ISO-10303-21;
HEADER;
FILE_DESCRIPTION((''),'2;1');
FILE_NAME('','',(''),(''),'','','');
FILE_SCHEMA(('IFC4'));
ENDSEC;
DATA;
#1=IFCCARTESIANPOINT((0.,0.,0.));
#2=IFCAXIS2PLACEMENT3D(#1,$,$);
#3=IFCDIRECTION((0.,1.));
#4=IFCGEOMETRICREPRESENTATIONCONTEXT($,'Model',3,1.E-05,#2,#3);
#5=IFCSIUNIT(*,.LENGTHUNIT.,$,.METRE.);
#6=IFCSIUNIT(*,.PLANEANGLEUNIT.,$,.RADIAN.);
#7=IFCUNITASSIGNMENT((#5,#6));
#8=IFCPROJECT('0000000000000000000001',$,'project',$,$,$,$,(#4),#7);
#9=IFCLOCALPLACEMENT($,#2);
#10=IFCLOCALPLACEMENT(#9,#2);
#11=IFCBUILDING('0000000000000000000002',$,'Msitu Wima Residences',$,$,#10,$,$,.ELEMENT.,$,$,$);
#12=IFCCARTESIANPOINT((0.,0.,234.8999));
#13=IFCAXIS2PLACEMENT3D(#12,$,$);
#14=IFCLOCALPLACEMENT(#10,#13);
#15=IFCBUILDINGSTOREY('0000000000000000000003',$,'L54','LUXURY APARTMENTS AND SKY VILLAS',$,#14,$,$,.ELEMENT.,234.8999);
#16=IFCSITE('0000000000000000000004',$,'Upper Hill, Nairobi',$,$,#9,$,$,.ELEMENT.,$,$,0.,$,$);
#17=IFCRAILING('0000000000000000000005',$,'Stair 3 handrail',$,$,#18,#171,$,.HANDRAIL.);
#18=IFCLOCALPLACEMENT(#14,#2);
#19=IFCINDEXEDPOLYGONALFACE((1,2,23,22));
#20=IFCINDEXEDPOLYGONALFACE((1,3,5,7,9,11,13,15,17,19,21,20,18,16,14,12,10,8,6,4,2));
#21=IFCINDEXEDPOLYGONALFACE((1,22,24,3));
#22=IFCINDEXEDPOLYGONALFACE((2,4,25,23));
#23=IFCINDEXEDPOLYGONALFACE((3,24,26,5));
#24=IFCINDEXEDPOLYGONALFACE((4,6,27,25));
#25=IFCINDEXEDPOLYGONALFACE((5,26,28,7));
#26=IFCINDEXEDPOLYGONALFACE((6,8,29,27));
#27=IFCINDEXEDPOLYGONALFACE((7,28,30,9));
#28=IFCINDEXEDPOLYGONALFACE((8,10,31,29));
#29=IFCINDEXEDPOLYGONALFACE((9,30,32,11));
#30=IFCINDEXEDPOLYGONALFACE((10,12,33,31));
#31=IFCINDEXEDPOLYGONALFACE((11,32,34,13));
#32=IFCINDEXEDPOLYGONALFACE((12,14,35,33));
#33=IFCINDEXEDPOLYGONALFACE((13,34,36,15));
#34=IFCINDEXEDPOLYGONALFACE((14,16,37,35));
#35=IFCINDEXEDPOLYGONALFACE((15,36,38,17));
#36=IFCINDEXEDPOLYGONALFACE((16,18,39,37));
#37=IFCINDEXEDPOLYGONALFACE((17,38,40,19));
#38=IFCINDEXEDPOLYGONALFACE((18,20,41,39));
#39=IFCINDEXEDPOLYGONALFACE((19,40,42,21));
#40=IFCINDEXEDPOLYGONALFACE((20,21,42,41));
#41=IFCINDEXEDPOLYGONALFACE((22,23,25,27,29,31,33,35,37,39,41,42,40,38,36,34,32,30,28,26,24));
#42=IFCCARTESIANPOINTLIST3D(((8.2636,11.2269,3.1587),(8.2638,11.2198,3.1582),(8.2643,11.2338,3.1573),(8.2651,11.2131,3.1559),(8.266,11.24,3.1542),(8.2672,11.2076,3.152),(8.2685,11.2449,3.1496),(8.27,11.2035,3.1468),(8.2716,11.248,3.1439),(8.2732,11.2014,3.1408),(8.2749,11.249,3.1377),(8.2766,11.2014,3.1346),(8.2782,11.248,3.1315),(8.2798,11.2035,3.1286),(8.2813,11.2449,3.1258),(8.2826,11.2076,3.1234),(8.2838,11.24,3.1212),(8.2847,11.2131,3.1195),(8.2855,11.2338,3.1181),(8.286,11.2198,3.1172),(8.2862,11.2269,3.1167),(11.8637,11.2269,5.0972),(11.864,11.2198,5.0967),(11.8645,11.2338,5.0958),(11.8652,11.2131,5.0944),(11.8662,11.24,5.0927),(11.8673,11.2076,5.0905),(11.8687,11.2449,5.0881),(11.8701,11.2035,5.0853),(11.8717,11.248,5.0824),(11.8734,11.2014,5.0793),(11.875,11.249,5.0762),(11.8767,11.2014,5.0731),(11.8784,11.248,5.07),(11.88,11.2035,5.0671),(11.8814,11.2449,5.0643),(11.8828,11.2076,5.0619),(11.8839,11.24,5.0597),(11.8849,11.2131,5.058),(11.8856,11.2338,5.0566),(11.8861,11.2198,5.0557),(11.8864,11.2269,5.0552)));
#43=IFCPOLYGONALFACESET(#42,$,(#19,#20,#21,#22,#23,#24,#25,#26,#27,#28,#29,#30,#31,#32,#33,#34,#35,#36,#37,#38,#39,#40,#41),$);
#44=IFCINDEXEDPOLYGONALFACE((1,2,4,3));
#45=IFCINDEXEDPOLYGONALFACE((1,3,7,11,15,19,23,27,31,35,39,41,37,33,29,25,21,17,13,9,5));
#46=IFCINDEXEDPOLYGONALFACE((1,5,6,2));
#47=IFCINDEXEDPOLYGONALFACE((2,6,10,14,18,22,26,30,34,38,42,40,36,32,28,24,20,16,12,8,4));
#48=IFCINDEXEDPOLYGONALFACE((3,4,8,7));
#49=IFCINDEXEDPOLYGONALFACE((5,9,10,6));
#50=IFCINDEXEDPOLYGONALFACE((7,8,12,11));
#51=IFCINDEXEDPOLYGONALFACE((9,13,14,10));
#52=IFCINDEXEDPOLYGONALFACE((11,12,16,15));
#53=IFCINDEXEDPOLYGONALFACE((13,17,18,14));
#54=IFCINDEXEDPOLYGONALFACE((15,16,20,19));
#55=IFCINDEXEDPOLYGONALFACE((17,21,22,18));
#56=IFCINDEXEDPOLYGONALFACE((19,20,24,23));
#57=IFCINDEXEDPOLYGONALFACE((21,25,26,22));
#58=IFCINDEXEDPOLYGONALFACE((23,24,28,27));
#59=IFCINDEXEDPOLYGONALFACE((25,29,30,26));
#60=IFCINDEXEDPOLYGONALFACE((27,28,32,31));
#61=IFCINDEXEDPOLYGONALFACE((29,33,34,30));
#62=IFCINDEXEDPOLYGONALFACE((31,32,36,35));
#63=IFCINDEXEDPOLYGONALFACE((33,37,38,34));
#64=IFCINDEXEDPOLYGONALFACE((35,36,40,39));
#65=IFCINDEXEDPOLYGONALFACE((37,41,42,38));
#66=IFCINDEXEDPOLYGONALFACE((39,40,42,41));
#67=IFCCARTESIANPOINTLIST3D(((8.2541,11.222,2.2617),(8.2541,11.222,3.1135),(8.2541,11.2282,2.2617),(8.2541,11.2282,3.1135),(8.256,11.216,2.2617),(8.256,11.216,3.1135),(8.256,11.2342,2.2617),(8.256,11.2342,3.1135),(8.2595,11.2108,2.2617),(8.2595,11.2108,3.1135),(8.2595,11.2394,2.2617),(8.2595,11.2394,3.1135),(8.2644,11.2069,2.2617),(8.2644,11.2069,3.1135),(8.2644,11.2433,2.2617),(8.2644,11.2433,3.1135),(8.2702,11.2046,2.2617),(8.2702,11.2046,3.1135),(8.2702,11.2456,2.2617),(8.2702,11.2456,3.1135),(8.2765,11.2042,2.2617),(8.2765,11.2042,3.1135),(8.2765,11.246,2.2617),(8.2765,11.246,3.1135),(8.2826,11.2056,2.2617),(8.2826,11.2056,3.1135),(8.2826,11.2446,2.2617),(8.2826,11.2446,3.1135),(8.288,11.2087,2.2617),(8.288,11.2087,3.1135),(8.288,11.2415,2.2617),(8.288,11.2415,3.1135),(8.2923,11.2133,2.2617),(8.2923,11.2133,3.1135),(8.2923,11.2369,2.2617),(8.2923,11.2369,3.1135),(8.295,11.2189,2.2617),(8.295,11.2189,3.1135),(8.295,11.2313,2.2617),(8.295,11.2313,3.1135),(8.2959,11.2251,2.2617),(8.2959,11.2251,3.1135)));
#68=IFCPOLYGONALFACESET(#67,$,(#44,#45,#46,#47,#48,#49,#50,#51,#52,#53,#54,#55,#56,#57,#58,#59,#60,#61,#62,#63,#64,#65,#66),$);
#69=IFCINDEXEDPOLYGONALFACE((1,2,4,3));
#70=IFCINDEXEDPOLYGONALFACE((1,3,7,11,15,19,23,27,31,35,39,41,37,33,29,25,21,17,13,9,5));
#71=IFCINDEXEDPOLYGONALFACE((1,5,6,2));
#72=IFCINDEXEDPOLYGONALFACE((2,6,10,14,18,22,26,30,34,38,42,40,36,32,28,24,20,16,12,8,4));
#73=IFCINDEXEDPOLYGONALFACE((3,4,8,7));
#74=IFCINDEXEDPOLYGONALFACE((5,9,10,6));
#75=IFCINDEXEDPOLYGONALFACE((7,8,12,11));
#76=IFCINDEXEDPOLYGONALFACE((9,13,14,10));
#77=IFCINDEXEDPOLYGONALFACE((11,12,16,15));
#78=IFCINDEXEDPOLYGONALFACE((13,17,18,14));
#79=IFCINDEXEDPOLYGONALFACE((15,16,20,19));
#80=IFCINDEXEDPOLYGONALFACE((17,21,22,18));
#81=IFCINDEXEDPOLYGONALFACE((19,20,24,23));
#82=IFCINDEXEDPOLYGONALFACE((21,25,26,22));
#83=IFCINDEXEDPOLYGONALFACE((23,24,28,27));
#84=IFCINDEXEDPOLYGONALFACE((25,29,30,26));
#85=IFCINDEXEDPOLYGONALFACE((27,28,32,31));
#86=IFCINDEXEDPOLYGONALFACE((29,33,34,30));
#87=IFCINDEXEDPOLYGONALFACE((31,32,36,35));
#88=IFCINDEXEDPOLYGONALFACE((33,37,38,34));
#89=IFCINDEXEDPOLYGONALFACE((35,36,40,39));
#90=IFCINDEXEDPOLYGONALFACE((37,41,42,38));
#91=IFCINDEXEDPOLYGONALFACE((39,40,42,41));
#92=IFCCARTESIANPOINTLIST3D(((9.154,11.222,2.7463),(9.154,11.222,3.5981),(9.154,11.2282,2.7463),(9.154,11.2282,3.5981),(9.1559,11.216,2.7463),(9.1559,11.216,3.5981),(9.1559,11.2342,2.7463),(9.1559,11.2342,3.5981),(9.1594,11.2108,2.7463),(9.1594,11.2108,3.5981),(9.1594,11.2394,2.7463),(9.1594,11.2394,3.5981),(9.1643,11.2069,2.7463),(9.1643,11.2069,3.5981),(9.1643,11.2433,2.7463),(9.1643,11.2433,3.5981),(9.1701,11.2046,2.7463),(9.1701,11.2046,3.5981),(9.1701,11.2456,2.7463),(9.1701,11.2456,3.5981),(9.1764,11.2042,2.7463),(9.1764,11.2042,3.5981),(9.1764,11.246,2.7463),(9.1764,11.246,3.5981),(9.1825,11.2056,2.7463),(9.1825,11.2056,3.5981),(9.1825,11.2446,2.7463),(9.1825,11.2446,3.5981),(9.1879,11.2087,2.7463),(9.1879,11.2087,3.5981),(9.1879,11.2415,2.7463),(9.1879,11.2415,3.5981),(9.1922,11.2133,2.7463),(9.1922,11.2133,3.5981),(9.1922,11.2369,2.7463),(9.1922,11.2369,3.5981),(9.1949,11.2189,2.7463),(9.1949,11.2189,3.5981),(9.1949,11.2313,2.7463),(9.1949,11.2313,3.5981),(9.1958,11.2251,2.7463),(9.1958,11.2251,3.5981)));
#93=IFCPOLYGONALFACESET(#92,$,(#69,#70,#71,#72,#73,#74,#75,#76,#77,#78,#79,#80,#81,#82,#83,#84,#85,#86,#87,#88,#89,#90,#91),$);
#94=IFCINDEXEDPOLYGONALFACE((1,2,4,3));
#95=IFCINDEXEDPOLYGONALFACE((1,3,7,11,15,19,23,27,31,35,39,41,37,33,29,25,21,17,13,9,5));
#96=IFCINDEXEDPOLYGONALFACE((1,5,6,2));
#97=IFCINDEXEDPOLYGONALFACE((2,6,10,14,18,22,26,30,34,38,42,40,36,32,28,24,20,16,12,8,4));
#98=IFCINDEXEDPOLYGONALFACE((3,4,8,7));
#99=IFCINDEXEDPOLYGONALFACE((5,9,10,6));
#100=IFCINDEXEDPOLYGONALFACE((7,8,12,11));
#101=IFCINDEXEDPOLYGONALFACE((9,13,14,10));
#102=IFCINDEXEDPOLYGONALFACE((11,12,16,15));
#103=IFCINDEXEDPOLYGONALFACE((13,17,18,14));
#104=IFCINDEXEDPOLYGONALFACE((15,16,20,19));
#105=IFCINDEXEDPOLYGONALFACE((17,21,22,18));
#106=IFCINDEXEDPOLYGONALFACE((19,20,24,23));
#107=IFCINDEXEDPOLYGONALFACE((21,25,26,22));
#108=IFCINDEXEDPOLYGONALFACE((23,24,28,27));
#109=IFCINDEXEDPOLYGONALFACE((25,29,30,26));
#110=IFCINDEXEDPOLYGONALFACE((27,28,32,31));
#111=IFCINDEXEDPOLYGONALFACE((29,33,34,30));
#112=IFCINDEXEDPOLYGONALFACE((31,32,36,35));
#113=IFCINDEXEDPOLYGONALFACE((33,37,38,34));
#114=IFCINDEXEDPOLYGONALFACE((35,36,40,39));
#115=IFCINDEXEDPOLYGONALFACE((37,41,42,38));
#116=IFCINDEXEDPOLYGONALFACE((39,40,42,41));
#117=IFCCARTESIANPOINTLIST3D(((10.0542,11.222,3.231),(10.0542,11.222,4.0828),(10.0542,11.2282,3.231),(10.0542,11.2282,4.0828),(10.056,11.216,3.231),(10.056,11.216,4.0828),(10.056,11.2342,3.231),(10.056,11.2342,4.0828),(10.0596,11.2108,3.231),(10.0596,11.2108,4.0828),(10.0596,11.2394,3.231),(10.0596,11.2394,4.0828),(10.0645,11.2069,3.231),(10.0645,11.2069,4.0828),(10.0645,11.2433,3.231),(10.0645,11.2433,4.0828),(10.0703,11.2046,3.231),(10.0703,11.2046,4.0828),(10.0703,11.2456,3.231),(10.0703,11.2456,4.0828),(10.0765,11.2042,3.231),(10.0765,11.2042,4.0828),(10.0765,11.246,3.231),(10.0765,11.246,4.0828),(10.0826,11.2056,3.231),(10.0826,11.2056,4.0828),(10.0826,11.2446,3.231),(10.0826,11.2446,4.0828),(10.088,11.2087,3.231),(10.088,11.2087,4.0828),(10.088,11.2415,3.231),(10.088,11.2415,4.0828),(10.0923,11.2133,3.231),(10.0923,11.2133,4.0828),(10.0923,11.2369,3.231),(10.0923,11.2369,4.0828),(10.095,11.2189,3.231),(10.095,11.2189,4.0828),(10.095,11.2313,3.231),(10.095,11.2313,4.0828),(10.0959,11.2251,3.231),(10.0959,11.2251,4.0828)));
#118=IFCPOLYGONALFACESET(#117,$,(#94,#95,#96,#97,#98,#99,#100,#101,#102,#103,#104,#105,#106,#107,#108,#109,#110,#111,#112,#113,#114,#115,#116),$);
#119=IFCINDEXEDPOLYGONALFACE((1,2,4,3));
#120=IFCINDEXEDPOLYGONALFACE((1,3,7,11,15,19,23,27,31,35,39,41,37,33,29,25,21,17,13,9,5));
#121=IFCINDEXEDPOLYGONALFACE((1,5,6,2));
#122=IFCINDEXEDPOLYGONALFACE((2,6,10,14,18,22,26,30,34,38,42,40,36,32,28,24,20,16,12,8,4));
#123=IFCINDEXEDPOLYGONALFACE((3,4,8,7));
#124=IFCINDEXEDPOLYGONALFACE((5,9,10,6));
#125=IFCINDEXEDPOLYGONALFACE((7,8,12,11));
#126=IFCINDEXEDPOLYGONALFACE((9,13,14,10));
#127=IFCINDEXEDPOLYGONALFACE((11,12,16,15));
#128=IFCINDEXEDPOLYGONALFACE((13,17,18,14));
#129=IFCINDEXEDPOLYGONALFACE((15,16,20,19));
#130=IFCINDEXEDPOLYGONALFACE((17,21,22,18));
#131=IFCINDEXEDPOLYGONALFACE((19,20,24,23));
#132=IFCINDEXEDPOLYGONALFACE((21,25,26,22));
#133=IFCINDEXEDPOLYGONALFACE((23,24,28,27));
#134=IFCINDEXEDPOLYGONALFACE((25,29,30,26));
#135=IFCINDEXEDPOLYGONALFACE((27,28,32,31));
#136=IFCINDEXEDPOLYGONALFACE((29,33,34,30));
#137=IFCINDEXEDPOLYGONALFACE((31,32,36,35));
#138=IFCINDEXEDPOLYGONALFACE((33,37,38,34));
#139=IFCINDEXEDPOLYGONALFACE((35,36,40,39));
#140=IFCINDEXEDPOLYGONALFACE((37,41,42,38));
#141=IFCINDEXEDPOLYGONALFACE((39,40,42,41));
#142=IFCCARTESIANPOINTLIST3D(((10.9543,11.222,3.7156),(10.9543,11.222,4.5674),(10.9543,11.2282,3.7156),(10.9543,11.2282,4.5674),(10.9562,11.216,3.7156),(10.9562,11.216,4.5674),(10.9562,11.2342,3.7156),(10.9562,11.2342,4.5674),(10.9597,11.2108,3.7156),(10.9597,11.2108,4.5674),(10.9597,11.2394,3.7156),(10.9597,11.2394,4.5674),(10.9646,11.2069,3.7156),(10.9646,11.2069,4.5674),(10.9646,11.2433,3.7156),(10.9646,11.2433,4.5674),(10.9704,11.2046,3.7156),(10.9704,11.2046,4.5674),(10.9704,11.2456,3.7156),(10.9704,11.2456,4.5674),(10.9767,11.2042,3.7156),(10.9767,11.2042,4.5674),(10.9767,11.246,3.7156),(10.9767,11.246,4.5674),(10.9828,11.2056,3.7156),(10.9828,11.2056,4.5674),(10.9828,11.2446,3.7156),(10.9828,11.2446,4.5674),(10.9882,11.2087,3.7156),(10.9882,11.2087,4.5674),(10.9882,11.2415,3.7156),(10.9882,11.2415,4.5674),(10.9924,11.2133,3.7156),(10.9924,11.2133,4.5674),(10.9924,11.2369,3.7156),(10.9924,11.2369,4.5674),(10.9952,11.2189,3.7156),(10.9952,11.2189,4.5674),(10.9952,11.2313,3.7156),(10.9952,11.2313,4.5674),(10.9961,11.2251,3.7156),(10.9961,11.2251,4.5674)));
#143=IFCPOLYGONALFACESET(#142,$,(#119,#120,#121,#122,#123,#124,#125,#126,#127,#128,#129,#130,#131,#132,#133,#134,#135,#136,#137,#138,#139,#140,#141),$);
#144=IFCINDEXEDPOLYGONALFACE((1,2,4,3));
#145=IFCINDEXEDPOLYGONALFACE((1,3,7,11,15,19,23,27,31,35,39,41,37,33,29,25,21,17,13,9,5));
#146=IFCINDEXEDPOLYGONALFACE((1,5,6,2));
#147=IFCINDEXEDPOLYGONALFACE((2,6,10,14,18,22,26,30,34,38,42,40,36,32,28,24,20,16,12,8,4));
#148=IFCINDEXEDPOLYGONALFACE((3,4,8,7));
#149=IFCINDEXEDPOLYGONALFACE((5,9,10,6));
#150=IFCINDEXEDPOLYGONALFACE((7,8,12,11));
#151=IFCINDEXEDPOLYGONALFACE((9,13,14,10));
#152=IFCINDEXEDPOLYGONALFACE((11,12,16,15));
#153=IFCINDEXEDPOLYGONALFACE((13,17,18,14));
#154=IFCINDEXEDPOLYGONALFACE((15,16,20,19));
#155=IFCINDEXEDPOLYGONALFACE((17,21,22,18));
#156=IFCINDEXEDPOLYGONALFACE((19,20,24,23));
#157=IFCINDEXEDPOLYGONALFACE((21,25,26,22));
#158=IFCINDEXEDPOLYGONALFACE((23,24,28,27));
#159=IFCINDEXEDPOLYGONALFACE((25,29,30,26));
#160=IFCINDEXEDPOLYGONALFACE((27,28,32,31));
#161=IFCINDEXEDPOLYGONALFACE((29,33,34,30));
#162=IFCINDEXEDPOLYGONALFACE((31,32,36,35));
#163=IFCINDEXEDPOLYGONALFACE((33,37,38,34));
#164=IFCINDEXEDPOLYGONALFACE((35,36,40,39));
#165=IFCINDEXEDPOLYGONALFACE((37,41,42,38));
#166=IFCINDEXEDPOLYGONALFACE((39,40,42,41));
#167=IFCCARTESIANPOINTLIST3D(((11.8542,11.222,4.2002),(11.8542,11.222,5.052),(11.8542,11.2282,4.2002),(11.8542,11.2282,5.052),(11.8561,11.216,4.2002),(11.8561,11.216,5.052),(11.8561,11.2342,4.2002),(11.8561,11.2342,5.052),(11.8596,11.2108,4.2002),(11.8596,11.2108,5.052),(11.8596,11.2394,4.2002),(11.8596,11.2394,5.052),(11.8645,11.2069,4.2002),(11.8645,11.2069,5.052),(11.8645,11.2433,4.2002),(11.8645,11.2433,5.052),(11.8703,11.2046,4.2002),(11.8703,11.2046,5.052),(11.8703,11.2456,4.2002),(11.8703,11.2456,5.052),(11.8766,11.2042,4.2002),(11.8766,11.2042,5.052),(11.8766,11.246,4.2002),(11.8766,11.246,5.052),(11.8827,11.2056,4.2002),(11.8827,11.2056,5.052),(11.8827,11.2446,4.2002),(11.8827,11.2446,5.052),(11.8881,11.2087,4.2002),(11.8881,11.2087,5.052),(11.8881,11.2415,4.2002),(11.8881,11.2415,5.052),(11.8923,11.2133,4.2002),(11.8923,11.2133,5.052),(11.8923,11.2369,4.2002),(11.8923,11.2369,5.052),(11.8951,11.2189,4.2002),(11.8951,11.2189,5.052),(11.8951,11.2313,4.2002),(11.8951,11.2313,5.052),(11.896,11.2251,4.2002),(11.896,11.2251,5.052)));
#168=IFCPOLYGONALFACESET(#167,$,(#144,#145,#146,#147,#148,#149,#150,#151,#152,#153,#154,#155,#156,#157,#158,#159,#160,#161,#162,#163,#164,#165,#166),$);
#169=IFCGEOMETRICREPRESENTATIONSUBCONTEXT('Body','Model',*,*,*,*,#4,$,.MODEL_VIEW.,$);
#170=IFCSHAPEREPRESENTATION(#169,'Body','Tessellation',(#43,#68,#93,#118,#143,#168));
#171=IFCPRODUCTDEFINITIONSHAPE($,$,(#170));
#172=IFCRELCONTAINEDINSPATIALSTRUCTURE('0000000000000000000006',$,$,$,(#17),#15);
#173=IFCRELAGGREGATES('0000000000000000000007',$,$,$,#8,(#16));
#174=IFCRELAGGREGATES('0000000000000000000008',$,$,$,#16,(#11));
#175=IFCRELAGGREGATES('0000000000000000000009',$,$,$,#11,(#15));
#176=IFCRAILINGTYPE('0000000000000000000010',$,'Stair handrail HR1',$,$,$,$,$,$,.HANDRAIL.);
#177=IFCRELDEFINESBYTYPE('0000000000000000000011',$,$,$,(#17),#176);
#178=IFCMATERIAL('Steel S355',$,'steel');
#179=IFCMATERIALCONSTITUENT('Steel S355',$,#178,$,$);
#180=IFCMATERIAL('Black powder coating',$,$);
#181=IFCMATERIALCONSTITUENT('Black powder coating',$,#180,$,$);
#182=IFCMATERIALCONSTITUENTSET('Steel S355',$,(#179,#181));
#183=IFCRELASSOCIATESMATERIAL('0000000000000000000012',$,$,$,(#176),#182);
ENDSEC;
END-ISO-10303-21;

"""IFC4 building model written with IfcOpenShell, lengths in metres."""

from ifc_helpers import new_model, si_unit, direction, frame, origin, origin_2d, place, context, subcontext, project, spatial, circle, extrude, material, constituent, constituent_set, type_object, element, save


model = new_model("IFC4")

# Units and contexts
model_context = context("Model", 3, precision=1e-05, world=origin(), true_north=direction((0.0, 1.0)))
body_context = subcontext(model_context, "Body", "Model", "MODEL_VIEW")
ifc_project = project(units=[si_unit("LENGTHUNIT", "METRE"), si_unit("PLANEANGLEUNIT", "RADIAN")], contexts=[model_context])

# Site, building, storey
site_placement = place(None, origin())
site = spatial("IfcSite", under=ifc_project, at=site_placement, Name="Upper Hill, Nairobi", CompositionType="ELEMENT", RefElevation=0.0)
building_placement = place(site_placement, origin())
building = spatial("IfcBuilding", under=site, at=building_placement, Name="Msitu Wima Residences", CompositionType="ELEMENT")
storey_placement = place(building_placement, frame((0.0, 0.0, 234.8999)))
storey = spatial("IfcBuildingStorey", under=building, at=storey_placement, Name="L54", Description="LUXURY APARTMENTS AND SKY VILLAS", CompositionType="ELEMENT", Elevation=234.8999)

# Railing
ifc_material_1 = material(Name="Steel S355", Category="steel")
ifc_constituent_1 = constituent(ifc_material_1, Name="Steel S355")
ifc_material_2 = material(Name="Black powder coating")
ifc_constituent_2 = constituent(ifc_material_2, Name="Black powder coating")
ifc_constituent_set = constituent_set(constituents=[ifc_constituent_1, ifc_constituent_2], Name="Steel S355")
railing_type = type_object("IfcRailingType", Name="Stair handrail HR1", PredefinedType="HANDRAIL", material=ifc_constituent_set)
for number, where, name in (
    (1, (8.2749, 11.2251, 2.2617), "Stair 3 handrail"),
):
    element("IfcRailing", number, at=place(storey_placement, frame(where)), inside=storey, type_object=railing_type, Name=name, PredefinedType="HANDRAIL", context=body_context, shape_type="SweptSolid", body=[
        extrude(circle(Radius=0.0239, at=origin_2d()), frame((0.0, 0.0, 0.876), z_axis=(0.880475, 0.0, 0.474093), x_axis=(0.0, 1.0, 0.0)), (0.0, 0.0, 1.0), 4.0889),
        extrude(circle(Radius=0.021, at=origin_2d()), origin(), (0.0, 0.0, 1.0), 0.8518),
        extrude(circle(Radius=0.021, at=origin_2d()), frame((0.8999, 0.0, 0.4846)), (0.0, 0.0, 1.0), 0.8518),
        extrude(circle(Radius=0.021, at=origin_2d()), frame((1.8, 0.0, 0.9692)), (0.0, 0.0, 1.0), 0.8518),
        extrude(circle(Radius=0.021, at=origin_2d()), frame((2.7002, 0.0, 1.4539)), (0.0, 0.0, 1.0), 0.8518),
        extrude(circle(Radius=0.021, at=origin_2d()), frame((3.6001, 0.0, 1.9385)), (0.0, 0.0, 1.0), 0.8518),
    ])

save(model, "model.ifc")
